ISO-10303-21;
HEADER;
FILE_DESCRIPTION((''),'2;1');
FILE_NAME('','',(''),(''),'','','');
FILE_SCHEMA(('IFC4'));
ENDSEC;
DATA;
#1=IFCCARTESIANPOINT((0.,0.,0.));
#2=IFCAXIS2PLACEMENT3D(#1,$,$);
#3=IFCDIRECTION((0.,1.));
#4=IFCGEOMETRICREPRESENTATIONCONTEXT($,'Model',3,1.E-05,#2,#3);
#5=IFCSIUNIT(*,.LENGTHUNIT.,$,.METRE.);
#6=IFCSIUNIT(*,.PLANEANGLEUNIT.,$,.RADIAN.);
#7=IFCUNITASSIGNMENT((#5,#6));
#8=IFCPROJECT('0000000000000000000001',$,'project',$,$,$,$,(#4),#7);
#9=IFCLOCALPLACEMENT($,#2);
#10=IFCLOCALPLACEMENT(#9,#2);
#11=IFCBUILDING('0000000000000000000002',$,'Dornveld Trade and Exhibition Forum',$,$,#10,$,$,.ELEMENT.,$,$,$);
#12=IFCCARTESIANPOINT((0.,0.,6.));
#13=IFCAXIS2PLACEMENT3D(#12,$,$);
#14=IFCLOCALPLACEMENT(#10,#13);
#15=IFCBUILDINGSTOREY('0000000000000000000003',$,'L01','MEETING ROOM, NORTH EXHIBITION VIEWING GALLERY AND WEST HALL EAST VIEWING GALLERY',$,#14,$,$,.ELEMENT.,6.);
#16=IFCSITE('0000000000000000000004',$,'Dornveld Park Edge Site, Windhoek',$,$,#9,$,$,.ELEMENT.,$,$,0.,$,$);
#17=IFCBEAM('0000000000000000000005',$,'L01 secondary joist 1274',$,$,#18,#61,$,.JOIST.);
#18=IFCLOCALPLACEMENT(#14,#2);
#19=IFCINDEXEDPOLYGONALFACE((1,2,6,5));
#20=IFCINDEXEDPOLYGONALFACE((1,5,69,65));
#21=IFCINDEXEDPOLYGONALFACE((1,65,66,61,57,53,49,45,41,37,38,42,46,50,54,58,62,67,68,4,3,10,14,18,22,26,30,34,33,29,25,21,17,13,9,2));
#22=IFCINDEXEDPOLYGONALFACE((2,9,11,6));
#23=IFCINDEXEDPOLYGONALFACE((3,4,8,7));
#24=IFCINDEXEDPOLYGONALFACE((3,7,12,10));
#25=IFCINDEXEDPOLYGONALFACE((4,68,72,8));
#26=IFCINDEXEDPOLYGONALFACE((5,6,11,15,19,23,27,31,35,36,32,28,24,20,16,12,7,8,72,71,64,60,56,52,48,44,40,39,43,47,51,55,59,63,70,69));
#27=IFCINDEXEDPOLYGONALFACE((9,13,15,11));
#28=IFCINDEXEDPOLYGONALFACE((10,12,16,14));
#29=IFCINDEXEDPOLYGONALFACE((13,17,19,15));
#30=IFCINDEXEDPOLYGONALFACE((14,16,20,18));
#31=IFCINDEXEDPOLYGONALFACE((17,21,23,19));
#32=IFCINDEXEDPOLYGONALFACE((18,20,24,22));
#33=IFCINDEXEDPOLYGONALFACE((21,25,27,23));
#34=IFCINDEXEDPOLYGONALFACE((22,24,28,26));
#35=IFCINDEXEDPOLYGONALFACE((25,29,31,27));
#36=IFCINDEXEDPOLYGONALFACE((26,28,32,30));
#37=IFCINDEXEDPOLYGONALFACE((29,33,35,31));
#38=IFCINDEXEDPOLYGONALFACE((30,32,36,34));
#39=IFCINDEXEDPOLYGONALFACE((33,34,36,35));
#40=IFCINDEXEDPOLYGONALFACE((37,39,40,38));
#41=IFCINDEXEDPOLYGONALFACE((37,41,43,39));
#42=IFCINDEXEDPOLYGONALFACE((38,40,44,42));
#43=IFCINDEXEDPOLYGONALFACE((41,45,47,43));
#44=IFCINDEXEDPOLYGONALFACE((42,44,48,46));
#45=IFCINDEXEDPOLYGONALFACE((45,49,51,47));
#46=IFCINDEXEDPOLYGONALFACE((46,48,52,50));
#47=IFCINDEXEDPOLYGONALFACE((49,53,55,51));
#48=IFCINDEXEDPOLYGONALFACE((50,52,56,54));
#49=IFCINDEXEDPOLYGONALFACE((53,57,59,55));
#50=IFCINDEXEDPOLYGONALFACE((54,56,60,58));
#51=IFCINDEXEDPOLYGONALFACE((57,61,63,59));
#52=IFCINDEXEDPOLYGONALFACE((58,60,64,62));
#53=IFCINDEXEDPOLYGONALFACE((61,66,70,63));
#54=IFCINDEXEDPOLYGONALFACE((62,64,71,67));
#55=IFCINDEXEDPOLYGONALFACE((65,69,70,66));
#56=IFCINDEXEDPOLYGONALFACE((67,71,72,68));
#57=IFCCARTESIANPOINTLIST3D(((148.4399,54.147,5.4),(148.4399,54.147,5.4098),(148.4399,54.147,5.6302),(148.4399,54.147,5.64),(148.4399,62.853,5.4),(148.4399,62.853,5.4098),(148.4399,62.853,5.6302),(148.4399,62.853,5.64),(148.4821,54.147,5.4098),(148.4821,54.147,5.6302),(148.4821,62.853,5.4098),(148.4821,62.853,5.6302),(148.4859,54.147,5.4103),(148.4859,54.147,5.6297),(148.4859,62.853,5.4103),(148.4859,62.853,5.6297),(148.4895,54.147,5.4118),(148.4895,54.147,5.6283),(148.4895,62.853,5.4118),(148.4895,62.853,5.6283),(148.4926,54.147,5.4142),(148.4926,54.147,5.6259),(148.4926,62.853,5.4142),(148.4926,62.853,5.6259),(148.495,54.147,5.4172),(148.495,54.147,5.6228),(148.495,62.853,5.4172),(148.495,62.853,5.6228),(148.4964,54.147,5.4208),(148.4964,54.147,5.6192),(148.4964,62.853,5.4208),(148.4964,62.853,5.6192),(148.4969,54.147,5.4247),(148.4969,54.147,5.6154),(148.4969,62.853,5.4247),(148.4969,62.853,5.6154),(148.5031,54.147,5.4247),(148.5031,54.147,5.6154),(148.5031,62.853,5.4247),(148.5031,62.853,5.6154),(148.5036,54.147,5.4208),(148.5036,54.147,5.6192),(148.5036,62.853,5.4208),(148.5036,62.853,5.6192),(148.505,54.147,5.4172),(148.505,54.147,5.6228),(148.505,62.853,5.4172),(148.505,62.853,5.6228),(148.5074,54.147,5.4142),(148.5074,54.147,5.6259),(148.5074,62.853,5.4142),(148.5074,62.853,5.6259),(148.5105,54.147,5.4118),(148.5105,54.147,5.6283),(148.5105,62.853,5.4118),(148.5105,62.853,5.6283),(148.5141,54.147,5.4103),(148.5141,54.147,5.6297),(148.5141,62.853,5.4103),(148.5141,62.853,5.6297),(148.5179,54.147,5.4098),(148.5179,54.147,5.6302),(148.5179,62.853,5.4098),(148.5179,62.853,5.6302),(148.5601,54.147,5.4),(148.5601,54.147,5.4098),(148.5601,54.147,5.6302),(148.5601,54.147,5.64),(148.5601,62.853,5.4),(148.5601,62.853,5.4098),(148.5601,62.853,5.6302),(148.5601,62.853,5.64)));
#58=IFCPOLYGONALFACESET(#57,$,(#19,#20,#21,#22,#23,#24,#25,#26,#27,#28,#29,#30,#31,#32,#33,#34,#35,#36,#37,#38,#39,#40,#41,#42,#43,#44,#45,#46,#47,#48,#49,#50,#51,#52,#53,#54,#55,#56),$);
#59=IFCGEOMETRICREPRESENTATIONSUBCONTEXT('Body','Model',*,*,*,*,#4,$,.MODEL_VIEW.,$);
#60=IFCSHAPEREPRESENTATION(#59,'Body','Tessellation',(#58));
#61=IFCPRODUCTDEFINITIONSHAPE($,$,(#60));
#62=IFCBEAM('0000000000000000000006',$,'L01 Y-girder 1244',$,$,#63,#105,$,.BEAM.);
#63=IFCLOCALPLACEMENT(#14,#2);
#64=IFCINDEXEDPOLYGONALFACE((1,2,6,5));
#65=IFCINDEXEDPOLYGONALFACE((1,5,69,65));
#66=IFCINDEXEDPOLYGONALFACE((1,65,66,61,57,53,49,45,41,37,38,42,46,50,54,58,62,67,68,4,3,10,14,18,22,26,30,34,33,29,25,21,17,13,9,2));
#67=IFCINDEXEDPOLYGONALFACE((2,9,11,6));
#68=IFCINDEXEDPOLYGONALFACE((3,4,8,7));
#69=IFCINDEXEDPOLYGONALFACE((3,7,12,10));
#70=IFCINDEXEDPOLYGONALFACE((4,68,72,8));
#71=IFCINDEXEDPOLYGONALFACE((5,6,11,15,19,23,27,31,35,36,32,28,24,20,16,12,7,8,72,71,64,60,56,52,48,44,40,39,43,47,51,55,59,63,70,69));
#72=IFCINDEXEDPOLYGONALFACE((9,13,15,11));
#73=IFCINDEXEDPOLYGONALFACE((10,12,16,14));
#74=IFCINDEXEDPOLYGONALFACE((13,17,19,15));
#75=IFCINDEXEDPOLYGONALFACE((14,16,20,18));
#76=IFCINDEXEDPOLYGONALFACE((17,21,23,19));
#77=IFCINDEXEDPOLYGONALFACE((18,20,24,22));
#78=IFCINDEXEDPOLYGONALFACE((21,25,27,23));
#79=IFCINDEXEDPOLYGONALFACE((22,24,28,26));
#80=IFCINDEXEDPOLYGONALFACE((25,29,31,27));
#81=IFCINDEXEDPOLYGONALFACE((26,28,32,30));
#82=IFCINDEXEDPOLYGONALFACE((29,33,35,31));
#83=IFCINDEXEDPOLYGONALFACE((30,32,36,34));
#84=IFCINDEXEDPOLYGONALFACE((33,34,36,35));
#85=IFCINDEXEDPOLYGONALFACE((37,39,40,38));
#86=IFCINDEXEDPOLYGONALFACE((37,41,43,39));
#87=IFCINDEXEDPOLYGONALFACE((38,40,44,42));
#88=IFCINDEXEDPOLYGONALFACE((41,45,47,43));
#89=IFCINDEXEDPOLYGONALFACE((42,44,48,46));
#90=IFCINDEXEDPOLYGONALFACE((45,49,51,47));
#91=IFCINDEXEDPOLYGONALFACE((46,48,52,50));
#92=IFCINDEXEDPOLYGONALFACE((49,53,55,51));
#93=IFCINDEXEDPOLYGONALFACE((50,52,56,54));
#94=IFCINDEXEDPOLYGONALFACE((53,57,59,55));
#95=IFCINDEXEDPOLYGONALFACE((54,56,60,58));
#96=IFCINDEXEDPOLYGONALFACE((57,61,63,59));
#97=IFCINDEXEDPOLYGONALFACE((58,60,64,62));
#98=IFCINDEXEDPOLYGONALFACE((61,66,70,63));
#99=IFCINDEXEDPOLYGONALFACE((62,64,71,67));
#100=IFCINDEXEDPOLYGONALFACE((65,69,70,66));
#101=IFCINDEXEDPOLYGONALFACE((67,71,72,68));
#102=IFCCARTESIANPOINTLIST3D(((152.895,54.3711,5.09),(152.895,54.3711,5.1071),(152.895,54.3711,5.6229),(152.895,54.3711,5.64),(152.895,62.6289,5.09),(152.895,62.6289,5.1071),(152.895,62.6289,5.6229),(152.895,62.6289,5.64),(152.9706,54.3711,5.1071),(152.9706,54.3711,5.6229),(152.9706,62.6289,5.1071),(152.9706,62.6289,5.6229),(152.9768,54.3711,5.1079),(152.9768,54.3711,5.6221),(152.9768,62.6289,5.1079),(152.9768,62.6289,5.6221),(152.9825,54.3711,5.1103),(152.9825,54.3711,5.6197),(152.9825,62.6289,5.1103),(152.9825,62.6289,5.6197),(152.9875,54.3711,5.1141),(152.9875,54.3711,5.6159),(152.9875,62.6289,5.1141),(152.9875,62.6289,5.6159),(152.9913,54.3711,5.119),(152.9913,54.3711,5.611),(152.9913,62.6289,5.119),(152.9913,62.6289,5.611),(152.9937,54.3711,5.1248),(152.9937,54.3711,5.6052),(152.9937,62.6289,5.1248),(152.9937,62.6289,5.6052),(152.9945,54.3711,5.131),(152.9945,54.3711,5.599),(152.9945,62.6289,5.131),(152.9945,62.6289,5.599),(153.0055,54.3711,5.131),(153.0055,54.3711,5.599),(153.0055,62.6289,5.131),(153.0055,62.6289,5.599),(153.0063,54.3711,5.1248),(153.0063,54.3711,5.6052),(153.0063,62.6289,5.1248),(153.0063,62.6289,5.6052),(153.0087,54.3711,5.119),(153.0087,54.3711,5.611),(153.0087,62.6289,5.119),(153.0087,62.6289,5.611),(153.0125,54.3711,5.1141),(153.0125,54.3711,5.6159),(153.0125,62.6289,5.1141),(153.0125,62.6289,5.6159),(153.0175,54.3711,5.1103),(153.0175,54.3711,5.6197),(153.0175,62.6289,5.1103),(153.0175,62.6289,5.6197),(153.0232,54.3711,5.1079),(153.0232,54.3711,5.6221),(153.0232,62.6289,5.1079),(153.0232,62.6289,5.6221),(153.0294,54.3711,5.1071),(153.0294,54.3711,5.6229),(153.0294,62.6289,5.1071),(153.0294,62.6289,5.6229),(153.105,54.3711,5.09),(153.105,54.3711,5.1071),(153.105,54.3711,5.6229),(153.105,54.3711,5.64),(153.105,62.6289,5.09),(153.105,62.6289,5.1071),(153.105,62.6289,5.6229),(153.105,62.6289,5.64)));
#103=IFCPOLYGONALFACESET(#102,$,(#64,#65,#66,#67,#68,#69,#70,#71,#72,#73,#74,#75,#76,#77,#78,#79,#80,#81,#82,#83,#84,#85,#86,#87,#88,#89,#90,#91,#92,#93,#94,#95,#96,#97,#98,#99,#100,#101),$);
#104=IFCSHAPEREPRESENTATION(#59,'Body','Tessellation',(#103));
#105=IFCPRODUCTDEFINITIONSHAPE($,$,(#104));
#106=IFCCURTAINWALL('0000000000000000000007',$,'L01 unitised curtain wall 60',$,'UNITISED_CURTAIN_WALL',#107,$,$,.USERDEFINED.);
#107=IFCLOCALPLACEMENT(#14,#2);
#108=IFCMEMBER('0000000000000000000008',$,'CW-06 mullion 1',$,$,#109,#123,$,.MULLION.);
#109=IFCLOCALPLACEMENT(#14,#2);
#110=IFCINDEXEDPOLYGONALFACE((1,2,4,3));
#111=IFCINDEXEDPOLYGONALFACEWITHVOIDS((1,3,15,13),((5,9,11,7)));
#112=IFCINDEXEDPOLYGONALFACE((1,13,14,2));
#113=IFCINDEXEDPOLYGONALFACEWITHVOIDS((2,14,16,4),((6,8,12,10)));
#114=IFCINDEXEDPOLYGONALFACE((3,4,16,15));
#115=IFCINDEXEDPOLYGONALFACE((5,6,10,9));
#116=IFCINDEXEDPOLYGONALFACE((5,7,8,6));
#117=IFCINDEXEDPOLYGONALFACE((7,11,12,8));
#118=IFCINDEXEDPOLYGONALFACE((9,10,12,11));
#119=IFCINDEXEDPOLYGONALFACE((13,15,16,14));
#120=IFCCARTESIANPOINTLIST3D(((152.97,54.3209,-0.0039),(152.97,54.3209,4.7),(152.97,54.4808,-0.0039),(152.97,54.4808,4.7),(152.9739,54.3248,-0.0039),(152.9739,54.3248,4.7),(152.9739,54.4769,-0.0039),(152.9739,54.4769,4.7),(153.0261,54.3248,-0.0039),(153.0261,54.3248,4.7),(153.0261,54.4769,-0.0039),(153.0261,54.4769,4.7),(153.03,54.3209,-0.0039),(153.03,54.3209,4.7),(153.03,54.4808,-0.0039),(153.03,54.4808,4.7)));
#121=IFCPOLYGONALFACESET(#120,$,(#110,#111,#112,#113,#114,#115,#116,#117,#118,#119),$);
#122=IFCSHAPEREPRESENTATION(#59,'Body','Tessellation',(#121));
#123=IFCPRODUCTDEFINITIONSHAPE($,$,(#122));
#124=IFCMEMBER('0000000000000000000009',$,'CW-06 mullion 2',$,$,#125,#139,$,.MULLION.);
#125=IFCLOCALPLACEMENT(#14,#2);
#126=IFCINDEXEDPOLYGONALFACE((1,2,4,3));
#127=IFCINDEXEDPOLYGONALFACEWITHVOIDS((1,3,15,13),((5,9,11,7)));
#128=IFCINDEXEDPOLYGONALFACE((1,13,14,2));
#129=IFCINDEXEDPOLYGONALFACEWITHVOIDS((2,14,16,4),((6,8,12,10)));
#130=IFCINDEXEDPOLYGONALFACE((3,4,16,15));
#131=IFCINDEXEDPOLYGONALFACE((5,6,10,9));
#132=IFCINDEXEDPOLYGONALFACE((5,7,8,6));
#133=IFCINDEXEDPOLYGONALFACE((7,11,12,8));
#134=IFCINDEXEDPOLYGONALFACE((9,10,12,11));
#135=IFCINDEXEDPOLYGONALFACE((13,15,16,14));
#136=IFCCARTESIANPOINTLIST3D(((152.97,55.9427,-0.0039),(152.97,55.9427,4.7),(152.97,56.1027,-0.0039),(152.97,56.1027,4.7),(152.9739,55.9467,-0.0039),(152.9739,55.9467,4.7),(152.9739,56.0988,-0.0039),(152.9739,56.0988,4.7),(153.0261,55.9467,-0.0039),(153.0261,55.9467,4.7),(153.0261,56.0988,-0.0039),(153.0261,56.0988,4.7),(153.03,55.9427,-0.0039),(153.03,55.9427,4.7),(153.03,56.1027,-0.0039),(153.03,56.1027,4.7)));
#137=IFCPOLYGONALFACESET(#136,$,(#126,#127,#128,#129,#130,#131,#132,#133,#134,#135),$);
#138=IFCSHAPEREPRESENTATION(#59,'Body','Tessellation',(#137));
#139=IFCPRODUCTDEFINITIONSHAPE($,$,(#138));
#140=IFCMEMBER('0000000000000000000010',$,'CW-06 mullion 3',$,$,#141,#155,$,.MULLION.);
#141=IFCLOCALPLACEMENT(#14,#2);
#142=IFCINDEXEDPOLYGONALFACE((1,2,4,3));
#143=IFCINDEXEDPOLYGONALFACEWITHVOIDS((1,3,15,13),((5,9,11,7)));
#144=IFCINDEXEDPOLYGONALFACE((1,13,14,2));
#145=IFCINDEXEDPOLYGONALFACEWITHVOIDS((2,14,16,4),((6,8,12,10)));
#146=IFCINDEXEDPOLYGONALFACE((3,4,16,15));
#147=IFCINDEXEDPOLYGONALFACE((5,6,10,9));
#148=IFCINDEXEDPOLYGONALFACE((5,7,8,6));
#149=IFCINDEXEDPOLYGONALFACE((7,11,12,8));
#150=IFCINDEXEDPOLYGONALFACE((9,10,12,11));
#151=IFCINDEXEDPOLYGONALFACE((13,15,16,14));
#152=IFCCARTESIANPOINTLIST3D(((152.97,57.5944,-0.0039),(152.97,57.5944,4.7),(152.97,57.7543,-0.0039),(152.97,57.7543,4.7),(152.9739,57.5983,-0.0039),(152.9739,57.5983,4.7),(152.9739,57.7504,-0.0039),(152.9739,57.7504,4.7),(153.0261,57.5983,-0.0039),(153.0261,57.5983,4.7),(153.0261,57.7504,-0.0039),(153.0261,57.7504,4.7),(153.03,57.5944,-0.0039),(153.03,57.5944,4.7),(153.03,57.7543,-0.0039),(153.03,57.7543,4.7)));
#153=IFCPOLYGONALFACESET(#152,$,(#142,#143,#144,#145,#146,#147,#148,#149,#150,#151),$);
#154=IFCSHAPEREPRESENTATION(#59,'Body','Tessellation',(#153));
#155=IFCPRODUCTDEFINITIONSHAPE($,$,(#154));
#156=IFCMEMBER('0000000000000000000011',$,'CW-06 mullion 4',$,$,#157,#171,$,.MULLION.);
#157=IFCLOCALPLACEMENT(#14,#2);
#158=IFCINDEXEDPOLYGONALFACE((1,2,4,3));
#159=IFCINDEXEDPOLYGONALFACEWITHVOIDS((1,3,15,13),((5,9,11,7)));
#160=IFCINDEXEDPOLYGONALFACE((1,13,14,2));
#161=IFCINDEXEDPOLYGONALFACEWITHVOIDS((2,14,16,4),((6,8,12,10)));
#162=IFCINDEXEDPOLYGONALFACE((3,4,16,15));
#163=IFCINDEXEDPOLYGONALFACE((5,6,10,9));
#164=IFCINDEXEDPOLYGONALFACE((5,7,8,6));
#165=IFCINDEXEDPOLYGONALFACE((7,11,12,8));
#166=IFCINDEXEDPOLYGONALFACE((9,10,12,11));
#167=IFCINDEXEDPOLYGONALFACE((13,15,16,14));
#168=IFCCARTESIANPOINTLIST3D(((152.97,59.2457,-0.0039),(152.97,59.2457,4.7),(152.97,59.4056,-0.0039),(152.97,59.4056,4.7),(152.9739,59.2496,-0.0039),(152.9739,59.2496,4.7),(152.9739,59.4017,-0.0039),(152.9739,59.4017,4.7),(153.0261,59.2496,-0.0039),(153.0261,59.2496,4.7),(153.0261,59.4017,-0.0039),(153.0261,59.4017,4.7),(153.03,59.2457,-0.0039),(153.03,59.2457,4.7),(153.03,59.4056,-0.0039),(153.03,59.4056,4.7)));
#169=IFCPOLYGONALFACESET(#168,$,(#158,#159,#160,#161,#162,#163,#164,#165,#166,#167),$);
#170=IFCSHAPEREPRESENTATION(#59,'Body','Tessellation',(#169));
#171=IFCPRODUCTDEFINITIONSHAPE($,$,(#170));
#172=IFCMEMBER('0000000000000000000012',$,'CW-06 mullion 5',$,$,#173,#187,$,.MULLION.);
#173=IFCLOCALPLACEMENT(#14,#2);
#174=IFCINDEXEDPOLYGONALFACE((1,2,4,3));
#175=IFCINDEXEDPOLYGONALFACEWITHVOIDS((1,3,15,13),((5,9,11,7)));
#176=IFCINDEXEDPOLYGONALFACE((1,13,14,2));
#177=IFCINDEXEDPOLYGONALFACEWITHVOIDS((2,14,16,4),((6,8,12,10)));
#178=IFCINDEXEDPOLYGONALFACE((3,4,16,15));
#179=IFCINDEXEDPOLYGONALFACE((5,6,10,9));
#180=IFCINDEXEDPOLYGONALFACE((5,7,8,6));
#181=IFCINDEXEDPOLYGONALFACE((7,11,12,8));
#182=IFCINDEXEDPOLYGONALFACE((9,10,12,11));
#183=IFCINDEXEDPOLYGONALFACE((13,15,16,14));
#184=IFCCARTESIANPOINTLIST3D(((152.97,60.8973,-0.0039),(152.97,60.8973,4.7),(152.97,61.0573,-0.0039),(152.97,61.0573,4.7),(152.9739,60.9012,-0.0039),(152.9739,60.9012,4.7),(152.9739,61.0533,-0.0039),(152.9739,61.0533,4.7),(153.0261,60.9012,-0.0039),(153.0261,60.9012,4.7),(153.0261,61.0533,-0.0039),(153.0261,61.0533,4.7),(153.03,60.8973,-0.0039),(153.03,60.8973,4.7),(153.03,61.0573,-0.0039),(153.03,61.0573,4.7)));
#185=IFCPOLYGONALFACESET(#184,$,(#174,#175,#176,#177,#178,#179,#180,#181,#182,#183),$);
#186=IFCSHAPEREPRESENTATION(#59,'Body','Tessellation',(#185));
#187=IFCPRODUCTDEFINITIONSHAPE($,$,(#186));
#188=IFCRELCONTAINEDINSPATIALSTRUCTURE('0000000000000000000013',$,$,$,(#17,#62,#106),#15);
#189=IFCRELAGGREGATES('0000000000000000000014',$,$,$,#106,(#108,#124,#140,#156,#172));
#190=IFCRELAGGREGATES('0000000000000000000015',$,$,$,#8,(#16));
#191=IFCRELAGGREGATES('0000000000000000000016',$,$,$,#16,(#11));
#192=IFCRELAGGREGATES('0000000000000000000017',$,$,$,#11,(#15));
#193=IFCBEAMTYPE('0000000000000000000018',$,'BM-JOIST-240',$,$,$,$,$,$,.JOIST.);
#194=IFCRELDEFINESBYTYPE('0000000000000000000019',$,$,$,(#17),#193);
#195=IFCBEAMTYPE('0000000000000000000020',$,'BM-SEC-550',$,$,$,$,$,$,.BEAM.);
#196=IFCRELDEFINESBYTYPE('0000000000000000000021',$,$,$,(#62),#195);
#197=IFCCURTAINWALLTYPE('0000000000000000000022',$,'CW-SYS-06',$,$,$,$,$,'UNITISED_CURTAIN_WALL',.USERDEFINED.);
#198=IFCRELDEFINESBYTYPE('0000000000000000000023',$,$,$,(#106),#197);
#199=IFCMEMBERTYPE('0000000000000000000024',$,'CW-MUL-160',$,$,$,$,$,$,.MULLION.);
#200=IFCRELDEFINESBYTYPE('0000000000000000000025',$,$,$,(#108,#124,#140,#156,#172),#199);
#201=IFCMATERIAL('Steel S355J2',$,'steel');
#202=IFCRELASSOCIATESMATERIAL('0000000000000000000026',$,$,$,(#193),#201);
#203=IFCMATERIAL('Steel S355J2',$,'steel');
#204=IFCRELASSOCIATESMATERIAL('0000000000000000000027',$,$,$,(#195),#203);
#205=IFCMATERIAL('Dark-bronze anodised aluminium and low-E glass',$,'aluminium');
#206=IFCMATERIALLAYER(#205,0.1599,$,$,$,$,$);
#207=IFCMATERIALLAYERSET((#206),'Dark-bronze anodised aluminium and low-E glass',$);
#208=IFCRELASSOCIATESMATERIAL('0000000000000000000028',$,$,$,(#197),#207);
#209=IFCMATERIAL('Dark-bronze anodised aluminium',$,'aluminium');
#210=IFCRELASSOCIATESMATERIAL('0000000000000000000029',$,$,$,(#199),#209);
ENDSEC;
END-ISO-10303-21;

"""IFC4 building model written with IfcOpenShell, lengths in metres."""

from ifc_helpers import new_model, si_unit, direction, frame, origin, origin_2d, place, context, subcontext, project, spatial, hollow_rectangle, i_section, extrude, material, layer, layer_set, material_profile, profile_set, type_object, element, aggregate, save


model = new_model("IFC4")

# Units and contexts
model_context = context("Model", 3, precision=1e-05, world=origin(), true_north=direction((0.0, 1.0)))
body_context = subcontext(model_context, "Body", "Model", "MODEL_VIEW")
ifc_project = project(units=[si_unit("LENGTHUNIT", "METRE"), si_unit("PLANEANGLEUNIT", "RADIAN")], contexts=[model_context])

# Site, building, storey
site_placement = place(None, origin())
site = spatial("IfcSite", under=ifc_project, at=site_placement, Name="Dornveld Park Edge Site, Windhoek", CompositionType="ELEMENT", RefElevation=0.0)
building_placement = place(site_placement, origin())
building = spatial("IfcBuilding", under=site, at=building_placement, Name="Dornveld Trade and Exhibition Forum", CompositionType="ELEMENT")
storey_placement = place(building_placement, frame((0.0, 0.0, 6.0)))
storey = spatial("IfcBuildingStorey", under=building, at=storey_placement, Name="L01", Description="MEETING ROOM, NORTH EXHIBITION VIEWING GALLERY AND WEST HALL EAST VIEWING GALLERY", CompositionType="ELEMENT", Elevation=6.0)

# Beams
ifc_material_1 = material(Name="Steel S355J2", Category="steel")
ifc_material_profile_1 = material_profile(ifc_material_1, i_section(OverallWidth=0.1201, OverallDepth=0.24, WebThickness=0.0061, FlangeThickness=0.0098, FilletRadius=0.0149, at=origin_2d()), Name="IPE 240")
ifc_profile_set_1 = profile_set([ifc_material_profile_1], Name="Steel S355J2")
beam_type_1 = type_object("IfcBeamType", Name="BM-JOIST-240", PredefinedType="JOIST", material=ifc_profile_set_1)
beam_1_placement = place(storey_placement, frame((148.5, 54.147, 5.52), z_axis=(0.0, 1.0, 0.0), x_axis=(-1.0, 0.0, 0.0)))
element("IfcBeam", 1, at=beam_1_placement, inside=storey, type_object=beam_type_1, Name="L01 secondary joist 1274", PredefinedType="JOIST", context=body_context, shape_type="SweptSolid", body=[
    extrude(i_section(OverallWidth=0.1201, OverallDepth=0.24, WebThickness=0.0061, FlangeThickness=0.0098, FilletRadius=0.0149, at=origin_2d()), origin(), (0.0, 0.0, 1.0), 8.7061),
])
ifc_material_2 = material(Name="Steel S355J2", Category="steel")
ifc_material_profile_2 = material_profile(ifc_material_2, i_section(OverallWidth=0.21, OverallDepth=0.55, WebThickness=0.011, FlangeThickness=0.0171, FilletRadius=0.0239, at=origin_2d()), Name="IPE 550")
ifc_profile_set_2 = profile_set([ifc_material_profile_2], Name="Steel S355J2")
beam_type_2 = type_object("IfcBeamType", Name="BM-SEC-550", PredefinedType="BEAM", material=ifc_profile_set_2)
beam_2_placement = place(storey_placement, frame((153.0, 54.3711, 5.365), z_axis=(0.0, 1.0, 0.0), x_axis=(-1.0, 0.0, 0.0)))
element("IfcBeam", 2, at=beam_2_placement, inside=storey, type_object=beam_type_2, Name="L01 Y-girder 1244", PredefinedType="BEAM", context=body_context, shape_type="SweptSolid", body=[
    extrude(i_section(OverallWidth=0.21, OverallDepth=0.55, WebThickness=0.011, FlangeThickness=0.0171, FilletRadius=0.0239, at=origin_2d()), origin(), (0.0, 0.0, 1.0), 8.2578),
])

# Curtain wall, members
ifc_material_3 = material(Name="Dark-bronze anodised aluminium and low-E glass", Category="aluminium")
ifc_layer_1 = layer(ifc_material_3, 0.1599)
ifc_layer_set_1 = layer_set([ifc_layer_1], Name="Dark-bronze anodised aluminium and low-E glass")
curtain_wall_type = type_object("IfcCurtainWallType", Name="CW-SYS-06", ElementType="UNITISED_CURTAIN_WALL", PredefinedType="USERDEFINED", material=ifc_layer_set_1)
curtain_wall_placement = place(storey_placement, origin())
curtain_wall = element("IfcCurtainWall", 3, at=curtain_wall_placement, inside=storey, type_object=curtain_wall_type, Name="L01 unitised curtain wall 60", ObjectType="UNITISED_CURTAIN_WALL", PredefinedType="USERDEFINED")
ifc_material_4 = material(Name="Dark-bronze anodised aluminium", Category="aluminium")
ifc_material_profile_3 = material_profile(ifc_material_4, hollow_rectangle(XDim=0.0601, YDim=0.1599, WallThickness=0.0039, at=origin_2d()), Name="RHS 160x60x4")
ifc_profile_set_3 = profile_set([ifc_material_profile_3], Name="Dark-bronze anodised aluminium")
member_type_1 = type_object("IfcMemberType", Name="CW-MUL-160", PredefinedType="MULLION", material=ifc_profile_set_3)
member_1_placement = place(storey_placement, frame((153.0, 54.4009, -0.0039), z_axis=(0.0, 0.0, 1.0), x_axis=(-1.0, 0.0, 0.0)))
member_1 = element("IfcMember", 4, at=member_1_placement, type_object=member_type_1, Name="CW-06 mullion 1", PredefinedType="MULLION", context=body_context, shape_type="SweptSolid", body=[
    extrude(hollow_rectangle(XDim=0.0601, YDim=0.1599, WallThickness=0.0039, at=origin_2d()), origin(), (0.0, 0.0, 1.0), 4.7039),
])
member_2_placement = place(storey_placement, frame((153.0, 56.0227, -0.0039), z_axis=(0.0, 0.0, 1.0), x_axis=(-1.0, 0.0, 0.0)))
member_2 = element("IfcMember", 5, at=member_2_placement, type_object=member_type_1, Name="CW-06 mullion 2", PredefinedType="MULLION", context=body_context, shape_type="SweptSolid", body=[
    extrude(hollow_rectangle(XDim=0.0601, YDim=0.1599, WallThickness=0.0039, at=origin_2d()), origin(), (0.0, 0.0, 1.0), 4.7039),
])
member_3_placement = place(storey_placement, frame((153.0, 57.6743, -0.0039), z_axis=(0.0, 0.0, 1.0), x_axis=(-1.0, 0.0, 0.0)))
member_3 = element("IfcMember", 6, at=member_3_placement, type_object=member_type_1, Name="CW-06 mullion 3", PredefinedType="MULLION", context=body_context, shape_type="SweptSolid", body=[
    extrude(hollow_rectangle(XDim=0.0601, YDim=0.1599, WallThickness=0.0039, at=origin_2d()), origin(), (0.0, 0.0, 1.0), 4.7039),
])
member_4_placement = place(storey_placement, frame((153.0, 59.3257, -0.0039), z_axis=(0.0, 0.0, 1.0), x_axis=(-1.0, 0.0, 0.0)))
member_4 = element("IfcMember", 7, at=member_4_placement, type_object=member_type_1, Name="CW-06 mullion 4", PredefinedType="MULLION", context=body_context, shape_type="SweptSolid", body=[
    extrude(hollow_rectangle(XDim=0.0601, YDim=0.1599, WallThickness=0.0039, at=origin_2d()), origin(), (0.0, 0.0, 1.0), 4.7039),
])
member_5_placement = place(storey_placement, frame((153.0, 60.9773, -0.0039), z_axis=(0.0, 0.0, 1.0), x_axis=(-1.0, 0.0, 0.0)))
member_5 = element("IfcMember", 8, at=member_5_placement, type_object=member_type_1, Name="CW-06 mullion 5", PredefinedType="MULLION", context=body_context, shape_type="SweptSolid", body=[
    extrude(hollow_rectangle(XDim=0.0601, YDim=0.1599, WallThickness=0.0039, at=origin_2d()), origin(), (0.0, 0.0, 1.0), 4.7039),
])
aggregate(curtain_wall, [member_1, member_2, member_3, member_4, member_5])

save(model, "model.ifc")
